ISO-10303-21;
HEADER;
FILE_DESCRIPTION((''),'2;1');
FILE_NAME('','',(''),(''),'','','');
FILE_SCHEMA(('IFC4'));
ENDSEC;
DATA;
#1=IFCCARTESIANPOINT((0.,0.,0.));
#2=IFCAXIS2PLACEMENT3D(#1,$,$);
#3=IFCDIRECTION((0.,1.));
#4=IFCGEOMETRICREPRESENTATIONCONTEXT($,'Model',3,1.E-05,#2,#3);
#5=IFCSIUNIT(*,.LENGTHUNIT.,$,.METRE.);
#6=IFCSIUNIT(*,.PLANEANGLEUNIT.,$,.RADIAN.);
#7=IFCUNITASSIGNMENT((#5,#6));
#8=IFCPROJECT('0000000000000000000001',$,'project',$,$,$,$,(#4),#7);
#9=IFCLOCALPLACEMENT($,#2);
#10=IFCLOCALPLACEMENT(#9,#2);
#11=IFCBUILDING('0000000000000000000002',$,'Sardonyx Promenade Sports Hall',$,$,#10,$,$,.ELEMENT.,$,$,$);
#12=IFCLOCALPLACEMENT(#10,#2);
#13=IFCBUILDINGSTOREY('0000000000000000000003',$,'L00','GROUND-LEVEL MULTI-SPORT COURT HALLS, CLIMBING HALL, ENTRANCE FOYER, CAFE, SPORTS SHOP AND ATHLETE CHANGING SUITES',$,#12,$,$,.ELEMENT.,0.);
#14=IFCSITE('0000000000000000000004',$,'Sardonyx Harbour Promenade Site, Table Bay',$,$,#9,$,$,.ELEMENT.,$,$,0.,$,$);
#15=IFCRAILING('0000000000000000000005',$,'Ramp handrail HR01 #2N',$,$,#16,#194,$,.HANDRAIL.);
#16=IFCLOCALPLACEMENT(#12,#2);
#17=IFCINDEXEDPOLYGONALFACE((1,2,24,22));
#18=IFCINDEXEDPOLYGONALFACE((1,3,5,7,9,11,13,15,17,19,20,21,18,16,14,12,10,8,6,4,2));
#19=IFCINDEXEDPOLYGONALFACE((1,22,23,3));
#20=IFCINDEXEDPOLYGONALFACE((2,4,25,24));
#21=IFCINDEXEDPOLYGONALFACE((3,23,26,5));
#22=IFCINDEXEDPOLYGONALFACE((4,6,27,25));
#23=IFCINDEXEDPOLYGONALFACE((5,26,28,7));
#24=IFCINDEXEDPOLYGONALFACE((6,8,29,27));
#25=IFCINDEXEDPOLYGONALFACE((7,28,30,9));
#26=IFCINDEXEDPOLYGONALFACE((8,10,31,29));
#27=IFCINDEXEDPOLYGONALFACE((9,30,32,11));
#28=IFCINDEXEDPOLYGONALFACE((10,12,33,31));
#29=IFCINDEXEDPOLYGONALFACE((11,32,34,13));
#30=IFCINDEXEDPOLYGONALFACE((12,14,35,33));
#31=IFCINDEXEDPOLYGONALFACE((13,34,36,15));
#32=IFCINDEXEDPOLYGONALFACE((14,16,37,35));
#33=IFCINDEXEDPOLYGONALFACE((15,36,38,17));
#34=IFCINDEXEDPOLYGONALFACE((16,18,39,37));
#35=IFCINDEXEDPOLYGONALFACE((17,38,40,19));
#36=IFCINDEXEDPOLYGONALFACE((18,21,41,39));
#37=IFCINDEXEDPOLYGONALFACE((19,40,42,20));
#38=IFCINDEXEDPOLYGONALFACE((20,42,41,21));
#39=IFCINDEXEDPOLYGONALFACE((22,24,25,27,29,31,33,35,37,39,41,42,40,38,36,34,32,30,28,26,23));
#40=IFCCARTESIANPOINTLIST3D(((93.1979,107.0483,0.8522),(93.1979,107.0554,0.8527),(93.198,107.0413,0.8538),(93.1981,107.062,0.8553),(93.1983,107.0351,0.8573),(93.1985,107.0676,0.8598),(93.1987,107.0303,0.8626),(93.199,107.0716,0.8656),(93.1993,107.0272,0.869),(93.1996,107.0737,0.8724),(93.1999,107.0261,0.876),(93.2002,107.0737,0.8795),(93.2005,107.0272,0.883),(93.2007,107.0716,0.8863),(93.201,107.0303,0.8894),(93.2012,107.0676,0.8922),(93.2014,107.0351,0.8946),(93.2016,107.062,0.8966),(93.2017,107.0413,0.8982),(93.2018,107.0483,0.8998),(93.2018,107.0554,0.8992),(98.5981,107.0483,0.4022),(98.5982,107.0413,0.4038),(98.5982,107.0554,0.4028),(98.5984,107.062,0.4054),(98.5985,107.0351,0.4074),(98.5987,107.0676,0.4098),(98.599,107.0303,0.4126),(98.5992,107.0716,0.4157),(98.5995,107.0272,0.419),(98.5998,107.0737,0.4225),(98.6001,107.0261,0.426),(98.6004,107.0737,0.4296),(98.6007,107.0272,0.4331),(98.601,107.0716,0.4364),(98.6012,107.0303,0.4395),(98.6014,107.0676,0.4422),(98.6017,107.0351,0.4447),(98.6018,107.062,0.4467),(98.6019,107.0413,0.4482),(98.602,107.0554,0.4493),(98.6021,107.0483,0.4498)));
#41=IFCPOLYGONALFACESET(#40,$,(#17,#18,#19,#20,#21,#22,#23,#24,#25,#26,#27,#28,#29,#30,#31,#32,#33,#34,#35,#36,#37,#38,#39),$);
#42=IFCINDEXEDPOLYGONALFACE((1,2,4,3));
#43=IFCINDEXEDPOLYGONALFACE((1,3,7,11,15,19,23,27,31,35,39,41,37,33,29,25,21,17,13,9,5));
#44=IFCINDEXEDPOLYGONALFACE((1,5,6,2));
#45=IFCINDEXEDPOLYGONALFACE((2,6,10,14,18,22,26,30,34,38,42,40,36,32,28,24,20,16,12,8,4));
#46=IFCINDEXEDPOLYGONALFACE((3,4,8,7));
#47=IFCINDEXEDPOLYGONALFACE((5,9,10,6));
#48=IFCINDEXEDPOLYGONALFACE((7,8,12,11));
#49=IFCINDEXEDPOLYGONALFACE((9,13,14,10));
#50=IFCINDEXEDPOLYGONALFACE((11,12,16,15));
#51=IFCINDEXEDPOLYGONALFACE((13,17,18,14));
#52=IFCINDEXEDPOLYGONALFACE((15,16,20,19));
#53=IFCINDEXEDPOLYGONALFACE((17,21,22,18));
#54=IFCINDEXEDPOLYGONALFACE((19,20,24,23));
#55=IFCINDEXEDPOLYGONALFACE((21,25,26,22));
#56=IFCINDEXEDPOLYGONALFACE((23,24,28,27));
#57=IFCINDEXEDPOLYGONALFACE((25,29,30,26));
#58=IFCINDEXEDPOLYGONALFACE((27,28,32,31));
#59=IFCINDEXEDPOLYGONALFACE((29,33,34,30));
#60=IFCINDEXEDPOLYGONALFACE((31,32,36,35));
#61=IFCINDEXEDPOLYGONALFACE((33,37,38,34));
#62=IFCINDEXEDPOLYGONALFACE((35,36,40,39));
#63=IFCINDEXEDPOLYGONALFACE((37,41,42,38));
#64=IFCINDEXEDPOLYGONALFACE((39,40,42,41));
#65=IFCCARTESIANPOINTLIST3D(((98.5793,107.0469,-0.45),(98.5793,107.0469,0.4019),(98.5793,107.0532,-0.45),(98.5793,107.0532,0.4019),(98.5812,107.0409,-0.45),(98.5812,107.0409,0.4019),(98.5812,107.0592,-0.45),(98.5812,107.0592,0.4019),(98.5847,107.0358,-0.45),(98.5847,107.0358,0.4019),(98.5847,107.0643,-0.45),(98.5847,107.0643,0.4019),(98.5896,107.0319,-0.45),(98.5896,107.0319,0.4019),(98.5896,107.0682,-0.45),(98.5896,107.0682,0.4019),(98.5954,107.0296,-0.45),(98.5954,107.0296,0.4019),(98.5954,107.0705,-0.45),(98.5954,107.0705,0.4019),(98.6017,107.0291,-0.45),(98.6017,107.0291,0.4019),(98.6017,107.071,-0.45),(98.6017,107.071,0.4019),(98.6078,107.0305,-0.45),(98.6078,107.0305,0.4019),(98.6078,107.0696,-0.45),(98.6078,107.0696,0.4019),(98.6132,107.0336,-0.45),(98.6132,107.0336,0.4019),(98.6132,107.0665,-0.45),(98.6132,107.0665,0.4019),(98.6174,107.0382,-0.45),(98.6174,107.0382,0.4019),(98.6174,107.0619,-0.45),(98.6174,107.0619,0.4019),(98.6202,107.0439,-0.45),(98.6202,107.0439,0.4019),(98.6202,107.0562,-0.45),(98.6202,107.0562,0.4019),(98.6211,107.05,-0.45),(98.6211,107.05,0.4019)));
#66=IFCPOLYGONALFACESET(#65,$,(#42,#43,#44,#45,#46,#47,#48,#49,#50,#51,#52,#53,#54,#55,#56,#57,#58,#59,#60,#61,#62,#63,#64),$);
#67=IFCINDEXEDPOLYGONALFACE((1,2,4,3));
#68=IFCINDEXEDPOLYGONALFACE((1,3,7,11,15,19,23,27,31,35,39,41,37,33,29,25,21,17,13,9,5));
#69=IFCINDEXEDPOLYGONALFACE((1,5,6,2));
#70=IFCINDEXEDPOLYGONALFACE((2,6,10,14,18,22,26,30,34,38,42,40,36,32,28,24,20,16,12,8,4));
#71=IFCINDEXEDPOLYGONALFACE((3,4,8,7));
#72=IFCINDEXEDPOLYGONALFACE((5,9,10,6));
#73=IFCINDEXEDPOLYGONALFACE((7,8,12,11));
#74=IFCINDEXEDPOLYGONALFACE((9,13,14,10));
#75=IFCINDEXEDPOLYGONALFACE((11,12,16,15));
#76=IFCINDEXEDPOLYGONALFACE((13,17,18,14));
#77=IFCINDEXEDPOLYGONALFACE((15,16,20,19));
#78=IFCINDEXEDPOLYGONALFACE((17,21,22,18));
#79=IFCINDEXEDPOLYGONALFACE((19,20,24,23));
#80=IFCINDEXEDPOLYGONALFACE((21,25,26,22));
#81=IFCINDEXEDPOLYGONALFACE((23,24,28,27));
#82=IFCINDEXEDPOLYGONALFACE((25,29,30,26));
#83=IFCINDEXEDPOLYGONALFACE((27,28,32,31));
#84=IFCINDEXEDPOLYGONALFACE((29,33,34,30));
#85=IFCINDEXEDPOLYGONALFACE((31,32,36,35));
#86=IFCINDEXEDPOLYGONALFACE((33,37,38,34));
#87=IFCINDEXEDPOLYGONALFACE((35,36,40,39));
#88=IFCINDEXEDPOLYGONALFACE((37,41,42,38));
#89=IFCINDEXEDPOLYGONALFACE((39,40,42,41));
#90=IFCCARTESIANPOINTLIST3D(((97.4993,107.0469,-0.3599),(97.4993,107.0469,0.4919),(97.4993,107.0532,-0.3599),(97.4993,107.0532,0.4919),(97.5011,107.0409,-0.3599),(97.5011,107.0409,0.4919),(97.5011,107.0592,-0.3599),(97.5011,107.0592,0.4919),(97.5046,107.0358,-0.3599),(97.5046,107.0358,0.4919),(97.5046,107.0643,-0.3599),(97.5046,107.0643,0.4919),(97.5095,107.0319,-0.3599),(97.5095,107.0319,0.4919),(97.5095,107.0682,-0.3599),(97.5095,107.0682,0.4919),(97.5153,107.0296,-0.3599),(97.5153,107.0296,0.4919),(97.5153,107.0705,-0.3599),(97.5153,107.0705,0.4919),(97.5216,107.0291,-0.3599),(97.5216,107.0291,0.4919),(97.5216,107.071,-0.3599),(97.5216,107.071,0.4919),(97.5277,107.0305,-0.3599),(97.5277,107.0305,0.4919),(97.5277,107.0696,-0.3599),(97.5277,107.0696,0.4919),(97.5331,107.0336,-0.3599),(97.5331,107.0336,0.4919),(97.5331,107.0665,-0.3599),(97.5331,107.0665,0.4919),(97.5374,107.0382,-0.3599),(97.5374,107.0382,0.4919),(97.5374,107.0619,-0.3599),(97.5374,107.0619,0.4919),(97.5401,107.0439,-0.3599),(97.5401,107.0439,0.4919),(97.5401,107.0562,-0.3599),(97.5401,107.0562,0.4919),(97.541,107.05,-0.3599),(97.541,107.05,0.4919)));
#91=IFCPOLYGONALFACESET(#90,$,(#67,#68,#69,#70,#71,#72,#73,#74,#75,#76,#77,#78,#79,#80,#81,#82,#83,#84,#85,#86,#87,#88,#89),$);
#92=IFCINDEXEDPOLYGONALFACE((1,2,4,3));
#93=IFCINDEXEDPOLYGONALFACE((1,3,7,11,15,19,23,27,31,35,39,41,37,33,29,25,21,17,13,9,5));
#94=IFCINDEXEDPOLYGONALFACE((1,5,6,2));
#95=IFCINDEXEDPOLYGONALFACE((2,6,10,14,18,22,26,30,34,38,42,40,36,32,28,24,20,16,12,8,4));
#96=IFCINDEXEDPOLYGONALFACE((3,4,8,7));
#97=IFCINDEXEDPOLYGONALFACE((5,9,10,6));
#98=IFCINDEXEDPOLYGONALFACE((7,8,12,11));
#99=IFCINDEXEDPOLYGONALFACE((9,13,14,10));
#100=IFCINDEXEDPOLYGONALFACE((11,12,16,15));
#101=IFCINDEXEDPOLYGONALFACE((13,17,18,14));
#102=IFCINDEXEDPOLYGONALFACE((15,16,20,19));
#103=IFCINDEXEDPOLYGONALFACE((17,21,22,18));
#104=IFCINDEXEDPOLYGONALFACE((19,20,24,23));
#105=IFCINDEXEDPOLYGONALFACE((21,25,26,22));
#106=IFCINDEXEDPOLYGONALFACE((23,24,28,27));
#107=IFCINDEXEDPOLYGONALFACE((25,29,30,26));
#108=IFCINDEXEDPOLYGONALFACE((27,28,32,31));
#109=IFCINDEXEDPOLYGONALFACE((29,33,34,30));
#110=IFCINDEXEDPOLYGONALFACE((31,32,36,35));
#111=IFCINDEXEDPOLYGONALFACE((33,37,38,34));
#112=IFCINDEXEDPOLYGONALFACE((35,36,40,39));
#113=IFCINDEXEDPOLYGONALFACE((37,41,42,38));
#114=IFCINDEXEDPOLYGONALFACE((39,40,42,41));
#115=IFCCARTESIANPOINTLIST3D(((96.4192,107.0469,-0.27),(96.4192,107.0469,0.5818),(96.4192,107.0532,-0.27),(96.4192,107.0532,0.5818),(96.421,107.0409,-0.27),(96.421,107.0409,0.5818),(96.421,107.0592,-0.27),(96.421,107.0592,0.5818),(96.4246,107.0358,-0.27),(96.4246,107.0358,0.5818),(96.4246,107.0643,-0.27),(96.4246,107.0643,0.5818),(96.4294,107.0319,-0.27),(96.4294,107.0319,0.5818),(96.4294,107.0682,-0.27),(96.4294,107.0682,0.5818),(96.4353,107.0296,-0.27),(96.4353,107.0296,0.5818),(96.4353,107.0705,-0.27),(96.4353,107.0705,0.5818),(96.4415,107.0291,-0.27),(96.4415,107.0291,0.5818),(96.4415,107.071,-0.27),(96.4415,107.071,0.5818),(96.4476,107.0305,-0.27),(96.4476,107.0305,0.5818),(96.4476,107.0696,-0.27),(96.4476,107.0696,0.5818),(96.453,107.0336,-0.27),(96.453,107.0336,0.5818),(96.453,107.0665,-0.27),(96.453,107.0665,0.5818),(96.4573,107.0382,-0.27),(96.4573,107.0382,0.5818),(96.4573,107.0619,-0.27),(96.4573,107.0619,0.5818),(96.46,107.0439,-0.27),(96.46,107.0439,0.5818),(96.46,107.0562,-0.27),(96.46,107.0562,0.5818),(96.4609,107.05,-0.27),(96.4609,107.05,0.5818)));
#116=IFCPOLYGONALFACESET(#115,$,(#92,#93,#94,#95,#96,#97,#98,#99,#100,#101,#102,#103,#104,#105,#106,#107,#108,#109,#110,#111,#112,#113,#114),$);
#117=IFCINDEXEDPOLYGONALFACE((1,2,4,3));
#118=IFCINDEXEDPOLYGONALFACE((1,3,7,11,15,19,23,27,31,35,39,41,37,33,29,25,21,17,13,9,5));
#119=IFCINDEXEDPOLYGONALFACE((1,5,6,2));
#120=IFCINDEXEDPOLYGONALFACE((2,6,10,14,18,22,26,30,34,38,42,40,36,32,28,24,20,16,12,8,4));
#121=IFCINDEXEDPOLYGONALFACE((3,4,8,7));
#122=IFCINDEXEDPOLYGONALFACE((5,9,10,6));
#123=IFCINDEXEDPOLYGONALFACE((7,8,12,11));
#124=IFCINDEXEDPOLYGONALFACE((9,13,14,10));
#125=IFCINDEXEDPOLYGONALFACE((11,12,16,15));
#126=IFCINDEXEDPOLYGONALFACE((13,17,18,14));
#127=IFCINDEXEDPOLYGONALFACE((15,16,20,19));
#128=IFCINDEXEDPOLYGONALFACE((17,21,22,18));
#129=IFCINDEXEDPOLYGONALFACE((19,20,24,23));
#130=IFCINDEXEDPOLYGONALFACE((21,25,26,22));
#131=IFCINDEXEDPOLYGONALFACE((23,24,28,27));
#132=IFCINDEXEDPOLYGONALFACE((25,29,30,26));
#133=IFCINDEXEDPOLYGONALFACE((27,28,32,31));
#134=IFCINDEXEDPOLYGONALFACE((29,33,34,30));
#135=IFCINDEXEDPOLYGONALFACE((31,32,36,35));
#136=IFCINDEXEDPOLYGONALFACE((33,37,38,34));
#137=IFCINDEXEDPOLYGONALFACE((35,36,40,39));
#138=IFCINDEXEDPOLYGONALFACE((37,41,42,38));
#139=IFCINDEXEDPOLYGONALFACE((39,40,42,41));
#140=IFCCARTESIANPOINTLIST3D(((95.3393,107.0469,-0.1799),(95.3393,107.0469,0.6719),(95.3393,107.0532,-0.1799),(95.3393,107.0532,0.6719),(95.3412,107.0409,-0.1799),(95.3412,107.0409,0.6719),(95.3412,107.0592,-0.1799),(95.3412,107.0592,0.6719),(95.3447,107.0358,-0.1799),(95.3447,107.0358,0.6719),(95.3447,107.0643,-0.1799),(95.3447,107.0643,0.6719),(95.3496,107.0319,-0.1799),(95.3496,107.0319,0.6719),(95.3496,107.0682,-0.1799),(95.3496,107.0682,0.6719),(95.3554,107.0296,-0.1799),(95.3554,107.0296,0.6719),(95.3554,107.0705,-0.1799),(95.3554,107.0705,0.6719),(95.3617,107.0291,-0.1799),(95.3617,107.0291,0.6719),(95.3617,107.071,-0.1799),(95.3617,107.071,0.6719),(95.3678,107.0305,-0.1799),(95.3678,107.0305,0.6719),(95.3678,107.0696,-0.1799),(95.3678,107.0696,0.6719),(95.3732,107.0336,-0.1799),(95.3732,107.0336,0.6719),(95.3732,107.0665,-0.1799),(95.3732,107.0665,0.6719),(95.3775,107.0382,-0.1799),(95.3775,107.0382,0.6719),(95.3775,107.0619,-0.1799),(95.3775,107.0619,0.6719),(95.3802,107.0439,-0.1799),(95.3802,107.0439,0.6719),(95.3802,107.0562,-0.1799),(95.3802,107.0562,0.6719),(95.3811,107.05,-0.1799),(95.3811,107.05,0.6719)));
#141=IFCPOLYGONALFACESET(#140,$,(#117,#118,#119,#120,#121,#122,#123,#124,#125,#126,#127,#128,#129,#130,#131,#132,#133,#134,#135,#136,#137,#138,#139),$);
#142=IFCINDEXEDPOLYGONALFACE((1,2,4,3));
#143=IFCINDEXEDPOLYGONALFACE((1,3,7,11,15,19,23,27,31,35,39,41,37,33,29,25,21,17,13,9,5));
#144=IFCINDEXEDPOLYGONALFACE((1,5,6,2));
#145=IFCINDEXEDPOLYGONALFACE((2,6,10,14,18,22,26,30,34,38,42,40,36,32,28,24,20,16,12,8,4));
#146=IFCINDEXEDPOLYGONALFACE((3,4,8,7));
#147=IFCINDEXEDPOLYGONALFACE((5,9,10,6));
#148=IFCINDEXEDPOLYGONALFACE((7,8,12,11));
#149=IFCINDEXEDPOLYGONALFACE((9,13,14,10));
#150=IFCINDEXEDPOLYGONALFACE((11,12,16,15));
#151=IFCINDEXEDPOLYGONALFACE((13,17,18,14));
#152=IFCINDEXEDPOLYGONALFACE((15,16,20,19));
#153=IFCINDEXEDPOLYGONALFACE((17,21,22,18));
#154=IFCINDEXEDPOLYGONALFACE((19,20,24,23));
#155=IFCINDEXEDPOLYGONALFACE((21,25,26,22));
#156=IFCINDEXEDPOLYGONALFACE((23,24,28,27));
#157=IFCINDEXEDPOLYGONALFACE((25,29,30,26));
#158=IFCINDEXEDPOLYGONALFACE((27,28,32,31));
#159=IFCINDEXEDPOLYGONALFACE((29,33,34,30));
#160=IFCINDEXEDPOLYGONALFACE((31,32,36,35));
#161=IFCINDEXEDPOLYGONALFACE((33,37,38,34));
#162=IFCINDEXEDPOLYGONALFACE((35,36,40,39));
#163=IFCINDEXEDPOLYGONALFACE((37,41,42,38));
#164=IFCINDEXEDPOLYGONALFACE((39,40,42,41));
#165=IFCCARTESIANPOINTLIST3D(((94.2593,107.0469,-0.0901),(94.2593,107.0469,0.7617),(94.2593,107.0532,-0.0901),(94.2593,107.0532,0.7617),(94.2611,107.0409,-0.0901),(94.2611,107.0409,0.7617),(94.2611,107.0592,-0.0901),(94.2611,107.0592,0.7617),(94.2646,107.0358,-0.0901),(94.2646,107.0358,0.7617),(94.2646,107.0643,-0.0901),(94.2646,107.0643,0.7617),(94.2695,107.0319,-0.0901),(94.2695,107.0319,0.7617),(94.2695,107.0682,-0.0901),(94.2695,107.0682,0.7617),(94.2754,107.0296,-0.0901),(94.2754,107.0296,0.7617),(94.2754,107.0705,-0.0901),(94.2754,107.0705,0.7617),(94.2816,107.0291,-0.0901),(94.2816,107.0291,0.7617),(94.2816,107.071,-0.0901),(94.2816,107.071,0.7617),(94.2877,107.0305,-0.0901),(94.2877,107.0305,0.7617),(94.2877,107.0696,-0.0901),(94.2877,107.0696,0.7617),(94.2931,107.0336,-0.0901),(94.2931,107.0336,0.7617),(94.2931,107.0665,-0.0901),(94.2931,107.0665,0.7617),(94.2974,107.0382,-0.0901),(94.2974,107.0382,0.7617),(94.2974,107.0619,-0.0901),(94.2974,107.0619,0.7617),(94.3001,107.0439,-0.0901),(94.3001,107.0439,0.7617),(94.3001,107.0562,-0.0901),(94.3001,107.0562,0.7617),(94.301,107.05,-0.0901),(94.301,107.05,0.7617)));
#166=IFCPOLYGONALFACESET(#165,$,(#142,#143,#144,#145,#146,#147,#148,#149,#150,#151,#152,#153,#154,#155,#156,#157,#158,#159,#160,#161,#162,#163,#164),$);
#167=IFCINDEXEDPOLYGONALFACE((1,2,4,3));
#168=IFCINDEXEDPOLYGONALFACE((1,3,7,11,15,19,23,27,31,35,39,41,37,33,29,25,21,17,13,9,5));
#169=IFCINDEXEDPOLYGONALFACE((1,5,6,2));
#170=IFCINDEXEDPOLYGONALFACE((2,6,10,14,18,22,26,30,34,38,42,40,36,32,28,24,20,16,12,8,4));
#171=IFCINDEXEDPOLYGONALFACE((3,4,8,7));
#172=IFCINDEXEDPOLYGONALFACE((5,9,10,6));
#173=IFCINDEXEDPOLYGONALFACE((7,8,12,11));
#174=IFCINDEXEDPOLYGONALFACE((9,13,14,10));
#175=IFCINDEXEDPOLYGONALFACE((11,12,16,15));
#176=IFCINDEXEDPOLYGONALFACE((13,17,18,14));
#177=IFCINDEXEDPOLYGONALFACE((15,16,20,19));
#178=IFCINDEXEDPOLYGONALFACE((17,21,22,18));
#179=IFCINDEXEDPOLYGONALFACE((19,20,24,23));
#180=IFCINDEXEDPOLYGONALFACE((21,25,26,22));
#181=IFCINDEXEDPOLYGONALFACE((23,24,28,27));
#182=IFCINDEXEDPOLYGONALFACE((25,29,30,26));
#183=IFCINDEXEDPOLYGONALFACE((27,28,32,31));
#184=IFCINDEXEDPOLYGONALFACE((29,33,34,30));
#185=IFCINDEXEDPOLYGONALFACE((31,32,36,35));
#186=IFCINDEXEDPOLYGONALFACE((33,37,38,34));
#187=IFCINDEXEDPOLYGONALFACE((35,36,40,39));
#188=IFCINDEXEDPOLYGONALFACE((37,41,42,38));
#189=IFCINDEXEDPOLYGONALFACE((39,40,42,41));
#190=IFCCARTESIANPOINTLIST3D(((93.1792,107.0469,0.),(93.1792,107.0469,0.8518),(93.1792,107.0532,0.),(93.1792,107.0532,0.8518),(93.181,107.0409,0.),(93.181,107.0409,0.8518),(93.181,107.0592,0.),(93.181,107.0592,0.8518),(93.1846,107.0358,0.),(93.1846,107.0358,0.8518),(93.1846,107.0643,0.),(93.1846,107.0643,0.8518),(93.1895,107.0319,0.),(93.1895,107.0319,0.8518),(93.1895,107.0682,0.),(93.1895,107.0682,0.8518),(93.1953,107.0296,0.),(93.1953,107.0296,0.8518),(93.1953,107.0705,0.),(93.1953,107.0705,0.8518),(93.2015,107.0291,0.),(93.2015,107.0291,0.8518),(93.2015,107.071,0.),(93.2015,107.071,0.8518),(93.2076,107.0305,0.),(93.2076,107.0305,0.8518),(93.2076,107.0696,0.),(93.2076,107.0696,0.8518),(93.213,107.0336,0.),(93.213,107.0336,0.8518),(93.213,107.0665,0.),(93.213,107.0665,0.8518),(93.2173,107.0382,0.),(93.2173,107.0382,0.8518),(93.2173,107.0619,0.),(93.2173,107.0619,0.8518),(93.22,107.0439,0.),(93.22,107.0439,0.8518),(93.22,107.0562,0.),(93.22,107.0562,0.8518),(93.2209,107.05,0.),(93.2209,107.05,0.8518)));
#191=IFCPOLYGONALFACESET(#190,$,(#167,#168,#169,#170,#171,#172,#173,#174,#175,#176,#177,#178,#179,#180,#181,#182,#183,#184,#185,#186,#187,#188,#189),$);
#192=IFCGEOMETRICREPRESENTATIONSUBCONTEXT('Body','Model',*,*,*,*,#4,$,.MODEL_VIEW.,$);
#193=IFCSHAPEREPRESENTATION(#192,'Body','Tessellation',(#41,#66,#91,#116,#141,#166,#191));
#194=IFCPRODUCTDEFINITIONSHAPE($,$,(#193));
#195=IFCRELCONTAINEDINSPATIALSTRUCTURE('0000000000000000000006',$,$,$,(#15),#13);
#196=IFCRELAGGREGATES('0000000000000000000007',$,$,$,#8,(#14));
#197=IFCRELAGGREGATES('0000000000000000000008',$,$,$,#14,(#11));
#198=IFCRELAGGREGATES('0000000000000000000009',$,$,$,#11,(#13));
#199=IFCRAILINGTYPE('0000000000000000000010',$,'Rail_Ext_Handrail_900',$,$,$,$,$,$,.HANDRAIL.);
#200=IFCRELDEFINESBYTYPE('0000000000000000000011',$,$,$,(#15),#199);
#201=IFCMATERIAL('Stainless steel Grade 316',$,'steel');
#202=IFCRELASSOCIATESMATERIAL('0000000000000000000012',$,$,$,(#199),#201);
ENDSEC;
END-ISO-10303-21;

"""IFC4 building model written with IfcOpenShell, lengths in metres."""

from ifc_helpers import new_model, si_unit, direction, frame, origin, origin_2d, place, context, subcontext, project, spatial, circle, extrude, material, type_object, element, save


model = new_model("IFC4")

# Units and contexts
model_context = context("Model", 3, precision=1e-05, world=origin(), true_north=direction((0.0, 1.0)))
body_context = subcontext(model_context, "Body", "Model", "MODEL_VIEW")
ifc_project = project(units=[si_unit("LENGTHUNIT", "METRE"), si_unit("PLANEANGLEUNIT", "RADIAN")], contexts=[model_context])

# Site, building, storey
site_placement = place(None, origin())
site = spatial("IfcSite", under=ifc_project, at=site_placement, Name="Sardonyx Harbour Promenade Site, Table Bay", CompositionType="ELEMENT", RefElevation=0.0)
building_placement = place(site_placement, origin())
building = spatial("IfcBuilding", under=site, at=building_placement, Name="Sardonyx Promenade Sports Hall", CompositionType="ELEMENT")
storey_placement = place(building_placement, origin())
storey = spatial("IfcBuildingStorey", under=building, at=storey_placement, Name="L00", Description="GROUND-LEVEL MULTI-SPORT COURT HALLS, CLIMBING HALL, ENTRANCE FOYER, CAFE, SPORTS SHOP AND ATHLETE CHANGING SUITES", CompositionType="ELEMENT", Elevation=0.0)

# Railing
ifc_material_1 = material(Name="Stainless steel Grade 316", Category="steel")
railing_type = type_object("IfcRailingType", Name="Rail_Ext_Handrail_900", PredefinedType="HANDRAIL", material=ifc_material_1)
for number, where, name in (
    (1, (98.6001, 107.05, -0.45), "Ramp handrail HR01 #2N"),
):
    element("IfcRailing", number, at=place(storey_placement, frame(where)), inside=storey, type_object=railing_type, Name=name, PredefinedType="HANDRAIL", context=body_context, shape_type="SweptSolid", body=[
        extrude(circle(Radius=0.0239, at=origin_2d()), frame((0.0, 0.0, 0.876), z_axis=(-0.996547, 0.0, 0.083034), x_axis=(0.0, -1.0, 0.0)), (0.0, 0.0, 1.0), 5.4189),
        extrude(circle(Radius=0.021, at=origin_2d()), origin(), (0.0, 0.0, 1.0), 0.8518),
        extrude(circle(Radius=0.021, at=origin_2d()), frame((-1.0801, 0.0, 0.0901)), (0.0, 0.0, 1.0), 0.8518),
        extrude(circle(Radius=0.021, at=origin_2d()), frame((-2.1602, 0.0, 0.1799)), (0.0, 0.0, 1.0), 0.8518),
        extrude(circle(Radius=0.021, at=origin_2d()), frame((-3.24, 0.0, 0.27)), (0.0, 0.0, 1.0), 0.8518),
        extrude(circle(Radius=0.021, at=origin_2d()), frame((-4.3201, 0.0, 0.3599)), (0.0, 0.0, 1.0), 0.8518),
        extrude(circle(Radius=0.021, at=origin_2d()), frame((-5.4001, 0.0, 0.45)), (0.0, 0.0, 1.0), 0.8518),
    ])

save(model, "model.ifc")
